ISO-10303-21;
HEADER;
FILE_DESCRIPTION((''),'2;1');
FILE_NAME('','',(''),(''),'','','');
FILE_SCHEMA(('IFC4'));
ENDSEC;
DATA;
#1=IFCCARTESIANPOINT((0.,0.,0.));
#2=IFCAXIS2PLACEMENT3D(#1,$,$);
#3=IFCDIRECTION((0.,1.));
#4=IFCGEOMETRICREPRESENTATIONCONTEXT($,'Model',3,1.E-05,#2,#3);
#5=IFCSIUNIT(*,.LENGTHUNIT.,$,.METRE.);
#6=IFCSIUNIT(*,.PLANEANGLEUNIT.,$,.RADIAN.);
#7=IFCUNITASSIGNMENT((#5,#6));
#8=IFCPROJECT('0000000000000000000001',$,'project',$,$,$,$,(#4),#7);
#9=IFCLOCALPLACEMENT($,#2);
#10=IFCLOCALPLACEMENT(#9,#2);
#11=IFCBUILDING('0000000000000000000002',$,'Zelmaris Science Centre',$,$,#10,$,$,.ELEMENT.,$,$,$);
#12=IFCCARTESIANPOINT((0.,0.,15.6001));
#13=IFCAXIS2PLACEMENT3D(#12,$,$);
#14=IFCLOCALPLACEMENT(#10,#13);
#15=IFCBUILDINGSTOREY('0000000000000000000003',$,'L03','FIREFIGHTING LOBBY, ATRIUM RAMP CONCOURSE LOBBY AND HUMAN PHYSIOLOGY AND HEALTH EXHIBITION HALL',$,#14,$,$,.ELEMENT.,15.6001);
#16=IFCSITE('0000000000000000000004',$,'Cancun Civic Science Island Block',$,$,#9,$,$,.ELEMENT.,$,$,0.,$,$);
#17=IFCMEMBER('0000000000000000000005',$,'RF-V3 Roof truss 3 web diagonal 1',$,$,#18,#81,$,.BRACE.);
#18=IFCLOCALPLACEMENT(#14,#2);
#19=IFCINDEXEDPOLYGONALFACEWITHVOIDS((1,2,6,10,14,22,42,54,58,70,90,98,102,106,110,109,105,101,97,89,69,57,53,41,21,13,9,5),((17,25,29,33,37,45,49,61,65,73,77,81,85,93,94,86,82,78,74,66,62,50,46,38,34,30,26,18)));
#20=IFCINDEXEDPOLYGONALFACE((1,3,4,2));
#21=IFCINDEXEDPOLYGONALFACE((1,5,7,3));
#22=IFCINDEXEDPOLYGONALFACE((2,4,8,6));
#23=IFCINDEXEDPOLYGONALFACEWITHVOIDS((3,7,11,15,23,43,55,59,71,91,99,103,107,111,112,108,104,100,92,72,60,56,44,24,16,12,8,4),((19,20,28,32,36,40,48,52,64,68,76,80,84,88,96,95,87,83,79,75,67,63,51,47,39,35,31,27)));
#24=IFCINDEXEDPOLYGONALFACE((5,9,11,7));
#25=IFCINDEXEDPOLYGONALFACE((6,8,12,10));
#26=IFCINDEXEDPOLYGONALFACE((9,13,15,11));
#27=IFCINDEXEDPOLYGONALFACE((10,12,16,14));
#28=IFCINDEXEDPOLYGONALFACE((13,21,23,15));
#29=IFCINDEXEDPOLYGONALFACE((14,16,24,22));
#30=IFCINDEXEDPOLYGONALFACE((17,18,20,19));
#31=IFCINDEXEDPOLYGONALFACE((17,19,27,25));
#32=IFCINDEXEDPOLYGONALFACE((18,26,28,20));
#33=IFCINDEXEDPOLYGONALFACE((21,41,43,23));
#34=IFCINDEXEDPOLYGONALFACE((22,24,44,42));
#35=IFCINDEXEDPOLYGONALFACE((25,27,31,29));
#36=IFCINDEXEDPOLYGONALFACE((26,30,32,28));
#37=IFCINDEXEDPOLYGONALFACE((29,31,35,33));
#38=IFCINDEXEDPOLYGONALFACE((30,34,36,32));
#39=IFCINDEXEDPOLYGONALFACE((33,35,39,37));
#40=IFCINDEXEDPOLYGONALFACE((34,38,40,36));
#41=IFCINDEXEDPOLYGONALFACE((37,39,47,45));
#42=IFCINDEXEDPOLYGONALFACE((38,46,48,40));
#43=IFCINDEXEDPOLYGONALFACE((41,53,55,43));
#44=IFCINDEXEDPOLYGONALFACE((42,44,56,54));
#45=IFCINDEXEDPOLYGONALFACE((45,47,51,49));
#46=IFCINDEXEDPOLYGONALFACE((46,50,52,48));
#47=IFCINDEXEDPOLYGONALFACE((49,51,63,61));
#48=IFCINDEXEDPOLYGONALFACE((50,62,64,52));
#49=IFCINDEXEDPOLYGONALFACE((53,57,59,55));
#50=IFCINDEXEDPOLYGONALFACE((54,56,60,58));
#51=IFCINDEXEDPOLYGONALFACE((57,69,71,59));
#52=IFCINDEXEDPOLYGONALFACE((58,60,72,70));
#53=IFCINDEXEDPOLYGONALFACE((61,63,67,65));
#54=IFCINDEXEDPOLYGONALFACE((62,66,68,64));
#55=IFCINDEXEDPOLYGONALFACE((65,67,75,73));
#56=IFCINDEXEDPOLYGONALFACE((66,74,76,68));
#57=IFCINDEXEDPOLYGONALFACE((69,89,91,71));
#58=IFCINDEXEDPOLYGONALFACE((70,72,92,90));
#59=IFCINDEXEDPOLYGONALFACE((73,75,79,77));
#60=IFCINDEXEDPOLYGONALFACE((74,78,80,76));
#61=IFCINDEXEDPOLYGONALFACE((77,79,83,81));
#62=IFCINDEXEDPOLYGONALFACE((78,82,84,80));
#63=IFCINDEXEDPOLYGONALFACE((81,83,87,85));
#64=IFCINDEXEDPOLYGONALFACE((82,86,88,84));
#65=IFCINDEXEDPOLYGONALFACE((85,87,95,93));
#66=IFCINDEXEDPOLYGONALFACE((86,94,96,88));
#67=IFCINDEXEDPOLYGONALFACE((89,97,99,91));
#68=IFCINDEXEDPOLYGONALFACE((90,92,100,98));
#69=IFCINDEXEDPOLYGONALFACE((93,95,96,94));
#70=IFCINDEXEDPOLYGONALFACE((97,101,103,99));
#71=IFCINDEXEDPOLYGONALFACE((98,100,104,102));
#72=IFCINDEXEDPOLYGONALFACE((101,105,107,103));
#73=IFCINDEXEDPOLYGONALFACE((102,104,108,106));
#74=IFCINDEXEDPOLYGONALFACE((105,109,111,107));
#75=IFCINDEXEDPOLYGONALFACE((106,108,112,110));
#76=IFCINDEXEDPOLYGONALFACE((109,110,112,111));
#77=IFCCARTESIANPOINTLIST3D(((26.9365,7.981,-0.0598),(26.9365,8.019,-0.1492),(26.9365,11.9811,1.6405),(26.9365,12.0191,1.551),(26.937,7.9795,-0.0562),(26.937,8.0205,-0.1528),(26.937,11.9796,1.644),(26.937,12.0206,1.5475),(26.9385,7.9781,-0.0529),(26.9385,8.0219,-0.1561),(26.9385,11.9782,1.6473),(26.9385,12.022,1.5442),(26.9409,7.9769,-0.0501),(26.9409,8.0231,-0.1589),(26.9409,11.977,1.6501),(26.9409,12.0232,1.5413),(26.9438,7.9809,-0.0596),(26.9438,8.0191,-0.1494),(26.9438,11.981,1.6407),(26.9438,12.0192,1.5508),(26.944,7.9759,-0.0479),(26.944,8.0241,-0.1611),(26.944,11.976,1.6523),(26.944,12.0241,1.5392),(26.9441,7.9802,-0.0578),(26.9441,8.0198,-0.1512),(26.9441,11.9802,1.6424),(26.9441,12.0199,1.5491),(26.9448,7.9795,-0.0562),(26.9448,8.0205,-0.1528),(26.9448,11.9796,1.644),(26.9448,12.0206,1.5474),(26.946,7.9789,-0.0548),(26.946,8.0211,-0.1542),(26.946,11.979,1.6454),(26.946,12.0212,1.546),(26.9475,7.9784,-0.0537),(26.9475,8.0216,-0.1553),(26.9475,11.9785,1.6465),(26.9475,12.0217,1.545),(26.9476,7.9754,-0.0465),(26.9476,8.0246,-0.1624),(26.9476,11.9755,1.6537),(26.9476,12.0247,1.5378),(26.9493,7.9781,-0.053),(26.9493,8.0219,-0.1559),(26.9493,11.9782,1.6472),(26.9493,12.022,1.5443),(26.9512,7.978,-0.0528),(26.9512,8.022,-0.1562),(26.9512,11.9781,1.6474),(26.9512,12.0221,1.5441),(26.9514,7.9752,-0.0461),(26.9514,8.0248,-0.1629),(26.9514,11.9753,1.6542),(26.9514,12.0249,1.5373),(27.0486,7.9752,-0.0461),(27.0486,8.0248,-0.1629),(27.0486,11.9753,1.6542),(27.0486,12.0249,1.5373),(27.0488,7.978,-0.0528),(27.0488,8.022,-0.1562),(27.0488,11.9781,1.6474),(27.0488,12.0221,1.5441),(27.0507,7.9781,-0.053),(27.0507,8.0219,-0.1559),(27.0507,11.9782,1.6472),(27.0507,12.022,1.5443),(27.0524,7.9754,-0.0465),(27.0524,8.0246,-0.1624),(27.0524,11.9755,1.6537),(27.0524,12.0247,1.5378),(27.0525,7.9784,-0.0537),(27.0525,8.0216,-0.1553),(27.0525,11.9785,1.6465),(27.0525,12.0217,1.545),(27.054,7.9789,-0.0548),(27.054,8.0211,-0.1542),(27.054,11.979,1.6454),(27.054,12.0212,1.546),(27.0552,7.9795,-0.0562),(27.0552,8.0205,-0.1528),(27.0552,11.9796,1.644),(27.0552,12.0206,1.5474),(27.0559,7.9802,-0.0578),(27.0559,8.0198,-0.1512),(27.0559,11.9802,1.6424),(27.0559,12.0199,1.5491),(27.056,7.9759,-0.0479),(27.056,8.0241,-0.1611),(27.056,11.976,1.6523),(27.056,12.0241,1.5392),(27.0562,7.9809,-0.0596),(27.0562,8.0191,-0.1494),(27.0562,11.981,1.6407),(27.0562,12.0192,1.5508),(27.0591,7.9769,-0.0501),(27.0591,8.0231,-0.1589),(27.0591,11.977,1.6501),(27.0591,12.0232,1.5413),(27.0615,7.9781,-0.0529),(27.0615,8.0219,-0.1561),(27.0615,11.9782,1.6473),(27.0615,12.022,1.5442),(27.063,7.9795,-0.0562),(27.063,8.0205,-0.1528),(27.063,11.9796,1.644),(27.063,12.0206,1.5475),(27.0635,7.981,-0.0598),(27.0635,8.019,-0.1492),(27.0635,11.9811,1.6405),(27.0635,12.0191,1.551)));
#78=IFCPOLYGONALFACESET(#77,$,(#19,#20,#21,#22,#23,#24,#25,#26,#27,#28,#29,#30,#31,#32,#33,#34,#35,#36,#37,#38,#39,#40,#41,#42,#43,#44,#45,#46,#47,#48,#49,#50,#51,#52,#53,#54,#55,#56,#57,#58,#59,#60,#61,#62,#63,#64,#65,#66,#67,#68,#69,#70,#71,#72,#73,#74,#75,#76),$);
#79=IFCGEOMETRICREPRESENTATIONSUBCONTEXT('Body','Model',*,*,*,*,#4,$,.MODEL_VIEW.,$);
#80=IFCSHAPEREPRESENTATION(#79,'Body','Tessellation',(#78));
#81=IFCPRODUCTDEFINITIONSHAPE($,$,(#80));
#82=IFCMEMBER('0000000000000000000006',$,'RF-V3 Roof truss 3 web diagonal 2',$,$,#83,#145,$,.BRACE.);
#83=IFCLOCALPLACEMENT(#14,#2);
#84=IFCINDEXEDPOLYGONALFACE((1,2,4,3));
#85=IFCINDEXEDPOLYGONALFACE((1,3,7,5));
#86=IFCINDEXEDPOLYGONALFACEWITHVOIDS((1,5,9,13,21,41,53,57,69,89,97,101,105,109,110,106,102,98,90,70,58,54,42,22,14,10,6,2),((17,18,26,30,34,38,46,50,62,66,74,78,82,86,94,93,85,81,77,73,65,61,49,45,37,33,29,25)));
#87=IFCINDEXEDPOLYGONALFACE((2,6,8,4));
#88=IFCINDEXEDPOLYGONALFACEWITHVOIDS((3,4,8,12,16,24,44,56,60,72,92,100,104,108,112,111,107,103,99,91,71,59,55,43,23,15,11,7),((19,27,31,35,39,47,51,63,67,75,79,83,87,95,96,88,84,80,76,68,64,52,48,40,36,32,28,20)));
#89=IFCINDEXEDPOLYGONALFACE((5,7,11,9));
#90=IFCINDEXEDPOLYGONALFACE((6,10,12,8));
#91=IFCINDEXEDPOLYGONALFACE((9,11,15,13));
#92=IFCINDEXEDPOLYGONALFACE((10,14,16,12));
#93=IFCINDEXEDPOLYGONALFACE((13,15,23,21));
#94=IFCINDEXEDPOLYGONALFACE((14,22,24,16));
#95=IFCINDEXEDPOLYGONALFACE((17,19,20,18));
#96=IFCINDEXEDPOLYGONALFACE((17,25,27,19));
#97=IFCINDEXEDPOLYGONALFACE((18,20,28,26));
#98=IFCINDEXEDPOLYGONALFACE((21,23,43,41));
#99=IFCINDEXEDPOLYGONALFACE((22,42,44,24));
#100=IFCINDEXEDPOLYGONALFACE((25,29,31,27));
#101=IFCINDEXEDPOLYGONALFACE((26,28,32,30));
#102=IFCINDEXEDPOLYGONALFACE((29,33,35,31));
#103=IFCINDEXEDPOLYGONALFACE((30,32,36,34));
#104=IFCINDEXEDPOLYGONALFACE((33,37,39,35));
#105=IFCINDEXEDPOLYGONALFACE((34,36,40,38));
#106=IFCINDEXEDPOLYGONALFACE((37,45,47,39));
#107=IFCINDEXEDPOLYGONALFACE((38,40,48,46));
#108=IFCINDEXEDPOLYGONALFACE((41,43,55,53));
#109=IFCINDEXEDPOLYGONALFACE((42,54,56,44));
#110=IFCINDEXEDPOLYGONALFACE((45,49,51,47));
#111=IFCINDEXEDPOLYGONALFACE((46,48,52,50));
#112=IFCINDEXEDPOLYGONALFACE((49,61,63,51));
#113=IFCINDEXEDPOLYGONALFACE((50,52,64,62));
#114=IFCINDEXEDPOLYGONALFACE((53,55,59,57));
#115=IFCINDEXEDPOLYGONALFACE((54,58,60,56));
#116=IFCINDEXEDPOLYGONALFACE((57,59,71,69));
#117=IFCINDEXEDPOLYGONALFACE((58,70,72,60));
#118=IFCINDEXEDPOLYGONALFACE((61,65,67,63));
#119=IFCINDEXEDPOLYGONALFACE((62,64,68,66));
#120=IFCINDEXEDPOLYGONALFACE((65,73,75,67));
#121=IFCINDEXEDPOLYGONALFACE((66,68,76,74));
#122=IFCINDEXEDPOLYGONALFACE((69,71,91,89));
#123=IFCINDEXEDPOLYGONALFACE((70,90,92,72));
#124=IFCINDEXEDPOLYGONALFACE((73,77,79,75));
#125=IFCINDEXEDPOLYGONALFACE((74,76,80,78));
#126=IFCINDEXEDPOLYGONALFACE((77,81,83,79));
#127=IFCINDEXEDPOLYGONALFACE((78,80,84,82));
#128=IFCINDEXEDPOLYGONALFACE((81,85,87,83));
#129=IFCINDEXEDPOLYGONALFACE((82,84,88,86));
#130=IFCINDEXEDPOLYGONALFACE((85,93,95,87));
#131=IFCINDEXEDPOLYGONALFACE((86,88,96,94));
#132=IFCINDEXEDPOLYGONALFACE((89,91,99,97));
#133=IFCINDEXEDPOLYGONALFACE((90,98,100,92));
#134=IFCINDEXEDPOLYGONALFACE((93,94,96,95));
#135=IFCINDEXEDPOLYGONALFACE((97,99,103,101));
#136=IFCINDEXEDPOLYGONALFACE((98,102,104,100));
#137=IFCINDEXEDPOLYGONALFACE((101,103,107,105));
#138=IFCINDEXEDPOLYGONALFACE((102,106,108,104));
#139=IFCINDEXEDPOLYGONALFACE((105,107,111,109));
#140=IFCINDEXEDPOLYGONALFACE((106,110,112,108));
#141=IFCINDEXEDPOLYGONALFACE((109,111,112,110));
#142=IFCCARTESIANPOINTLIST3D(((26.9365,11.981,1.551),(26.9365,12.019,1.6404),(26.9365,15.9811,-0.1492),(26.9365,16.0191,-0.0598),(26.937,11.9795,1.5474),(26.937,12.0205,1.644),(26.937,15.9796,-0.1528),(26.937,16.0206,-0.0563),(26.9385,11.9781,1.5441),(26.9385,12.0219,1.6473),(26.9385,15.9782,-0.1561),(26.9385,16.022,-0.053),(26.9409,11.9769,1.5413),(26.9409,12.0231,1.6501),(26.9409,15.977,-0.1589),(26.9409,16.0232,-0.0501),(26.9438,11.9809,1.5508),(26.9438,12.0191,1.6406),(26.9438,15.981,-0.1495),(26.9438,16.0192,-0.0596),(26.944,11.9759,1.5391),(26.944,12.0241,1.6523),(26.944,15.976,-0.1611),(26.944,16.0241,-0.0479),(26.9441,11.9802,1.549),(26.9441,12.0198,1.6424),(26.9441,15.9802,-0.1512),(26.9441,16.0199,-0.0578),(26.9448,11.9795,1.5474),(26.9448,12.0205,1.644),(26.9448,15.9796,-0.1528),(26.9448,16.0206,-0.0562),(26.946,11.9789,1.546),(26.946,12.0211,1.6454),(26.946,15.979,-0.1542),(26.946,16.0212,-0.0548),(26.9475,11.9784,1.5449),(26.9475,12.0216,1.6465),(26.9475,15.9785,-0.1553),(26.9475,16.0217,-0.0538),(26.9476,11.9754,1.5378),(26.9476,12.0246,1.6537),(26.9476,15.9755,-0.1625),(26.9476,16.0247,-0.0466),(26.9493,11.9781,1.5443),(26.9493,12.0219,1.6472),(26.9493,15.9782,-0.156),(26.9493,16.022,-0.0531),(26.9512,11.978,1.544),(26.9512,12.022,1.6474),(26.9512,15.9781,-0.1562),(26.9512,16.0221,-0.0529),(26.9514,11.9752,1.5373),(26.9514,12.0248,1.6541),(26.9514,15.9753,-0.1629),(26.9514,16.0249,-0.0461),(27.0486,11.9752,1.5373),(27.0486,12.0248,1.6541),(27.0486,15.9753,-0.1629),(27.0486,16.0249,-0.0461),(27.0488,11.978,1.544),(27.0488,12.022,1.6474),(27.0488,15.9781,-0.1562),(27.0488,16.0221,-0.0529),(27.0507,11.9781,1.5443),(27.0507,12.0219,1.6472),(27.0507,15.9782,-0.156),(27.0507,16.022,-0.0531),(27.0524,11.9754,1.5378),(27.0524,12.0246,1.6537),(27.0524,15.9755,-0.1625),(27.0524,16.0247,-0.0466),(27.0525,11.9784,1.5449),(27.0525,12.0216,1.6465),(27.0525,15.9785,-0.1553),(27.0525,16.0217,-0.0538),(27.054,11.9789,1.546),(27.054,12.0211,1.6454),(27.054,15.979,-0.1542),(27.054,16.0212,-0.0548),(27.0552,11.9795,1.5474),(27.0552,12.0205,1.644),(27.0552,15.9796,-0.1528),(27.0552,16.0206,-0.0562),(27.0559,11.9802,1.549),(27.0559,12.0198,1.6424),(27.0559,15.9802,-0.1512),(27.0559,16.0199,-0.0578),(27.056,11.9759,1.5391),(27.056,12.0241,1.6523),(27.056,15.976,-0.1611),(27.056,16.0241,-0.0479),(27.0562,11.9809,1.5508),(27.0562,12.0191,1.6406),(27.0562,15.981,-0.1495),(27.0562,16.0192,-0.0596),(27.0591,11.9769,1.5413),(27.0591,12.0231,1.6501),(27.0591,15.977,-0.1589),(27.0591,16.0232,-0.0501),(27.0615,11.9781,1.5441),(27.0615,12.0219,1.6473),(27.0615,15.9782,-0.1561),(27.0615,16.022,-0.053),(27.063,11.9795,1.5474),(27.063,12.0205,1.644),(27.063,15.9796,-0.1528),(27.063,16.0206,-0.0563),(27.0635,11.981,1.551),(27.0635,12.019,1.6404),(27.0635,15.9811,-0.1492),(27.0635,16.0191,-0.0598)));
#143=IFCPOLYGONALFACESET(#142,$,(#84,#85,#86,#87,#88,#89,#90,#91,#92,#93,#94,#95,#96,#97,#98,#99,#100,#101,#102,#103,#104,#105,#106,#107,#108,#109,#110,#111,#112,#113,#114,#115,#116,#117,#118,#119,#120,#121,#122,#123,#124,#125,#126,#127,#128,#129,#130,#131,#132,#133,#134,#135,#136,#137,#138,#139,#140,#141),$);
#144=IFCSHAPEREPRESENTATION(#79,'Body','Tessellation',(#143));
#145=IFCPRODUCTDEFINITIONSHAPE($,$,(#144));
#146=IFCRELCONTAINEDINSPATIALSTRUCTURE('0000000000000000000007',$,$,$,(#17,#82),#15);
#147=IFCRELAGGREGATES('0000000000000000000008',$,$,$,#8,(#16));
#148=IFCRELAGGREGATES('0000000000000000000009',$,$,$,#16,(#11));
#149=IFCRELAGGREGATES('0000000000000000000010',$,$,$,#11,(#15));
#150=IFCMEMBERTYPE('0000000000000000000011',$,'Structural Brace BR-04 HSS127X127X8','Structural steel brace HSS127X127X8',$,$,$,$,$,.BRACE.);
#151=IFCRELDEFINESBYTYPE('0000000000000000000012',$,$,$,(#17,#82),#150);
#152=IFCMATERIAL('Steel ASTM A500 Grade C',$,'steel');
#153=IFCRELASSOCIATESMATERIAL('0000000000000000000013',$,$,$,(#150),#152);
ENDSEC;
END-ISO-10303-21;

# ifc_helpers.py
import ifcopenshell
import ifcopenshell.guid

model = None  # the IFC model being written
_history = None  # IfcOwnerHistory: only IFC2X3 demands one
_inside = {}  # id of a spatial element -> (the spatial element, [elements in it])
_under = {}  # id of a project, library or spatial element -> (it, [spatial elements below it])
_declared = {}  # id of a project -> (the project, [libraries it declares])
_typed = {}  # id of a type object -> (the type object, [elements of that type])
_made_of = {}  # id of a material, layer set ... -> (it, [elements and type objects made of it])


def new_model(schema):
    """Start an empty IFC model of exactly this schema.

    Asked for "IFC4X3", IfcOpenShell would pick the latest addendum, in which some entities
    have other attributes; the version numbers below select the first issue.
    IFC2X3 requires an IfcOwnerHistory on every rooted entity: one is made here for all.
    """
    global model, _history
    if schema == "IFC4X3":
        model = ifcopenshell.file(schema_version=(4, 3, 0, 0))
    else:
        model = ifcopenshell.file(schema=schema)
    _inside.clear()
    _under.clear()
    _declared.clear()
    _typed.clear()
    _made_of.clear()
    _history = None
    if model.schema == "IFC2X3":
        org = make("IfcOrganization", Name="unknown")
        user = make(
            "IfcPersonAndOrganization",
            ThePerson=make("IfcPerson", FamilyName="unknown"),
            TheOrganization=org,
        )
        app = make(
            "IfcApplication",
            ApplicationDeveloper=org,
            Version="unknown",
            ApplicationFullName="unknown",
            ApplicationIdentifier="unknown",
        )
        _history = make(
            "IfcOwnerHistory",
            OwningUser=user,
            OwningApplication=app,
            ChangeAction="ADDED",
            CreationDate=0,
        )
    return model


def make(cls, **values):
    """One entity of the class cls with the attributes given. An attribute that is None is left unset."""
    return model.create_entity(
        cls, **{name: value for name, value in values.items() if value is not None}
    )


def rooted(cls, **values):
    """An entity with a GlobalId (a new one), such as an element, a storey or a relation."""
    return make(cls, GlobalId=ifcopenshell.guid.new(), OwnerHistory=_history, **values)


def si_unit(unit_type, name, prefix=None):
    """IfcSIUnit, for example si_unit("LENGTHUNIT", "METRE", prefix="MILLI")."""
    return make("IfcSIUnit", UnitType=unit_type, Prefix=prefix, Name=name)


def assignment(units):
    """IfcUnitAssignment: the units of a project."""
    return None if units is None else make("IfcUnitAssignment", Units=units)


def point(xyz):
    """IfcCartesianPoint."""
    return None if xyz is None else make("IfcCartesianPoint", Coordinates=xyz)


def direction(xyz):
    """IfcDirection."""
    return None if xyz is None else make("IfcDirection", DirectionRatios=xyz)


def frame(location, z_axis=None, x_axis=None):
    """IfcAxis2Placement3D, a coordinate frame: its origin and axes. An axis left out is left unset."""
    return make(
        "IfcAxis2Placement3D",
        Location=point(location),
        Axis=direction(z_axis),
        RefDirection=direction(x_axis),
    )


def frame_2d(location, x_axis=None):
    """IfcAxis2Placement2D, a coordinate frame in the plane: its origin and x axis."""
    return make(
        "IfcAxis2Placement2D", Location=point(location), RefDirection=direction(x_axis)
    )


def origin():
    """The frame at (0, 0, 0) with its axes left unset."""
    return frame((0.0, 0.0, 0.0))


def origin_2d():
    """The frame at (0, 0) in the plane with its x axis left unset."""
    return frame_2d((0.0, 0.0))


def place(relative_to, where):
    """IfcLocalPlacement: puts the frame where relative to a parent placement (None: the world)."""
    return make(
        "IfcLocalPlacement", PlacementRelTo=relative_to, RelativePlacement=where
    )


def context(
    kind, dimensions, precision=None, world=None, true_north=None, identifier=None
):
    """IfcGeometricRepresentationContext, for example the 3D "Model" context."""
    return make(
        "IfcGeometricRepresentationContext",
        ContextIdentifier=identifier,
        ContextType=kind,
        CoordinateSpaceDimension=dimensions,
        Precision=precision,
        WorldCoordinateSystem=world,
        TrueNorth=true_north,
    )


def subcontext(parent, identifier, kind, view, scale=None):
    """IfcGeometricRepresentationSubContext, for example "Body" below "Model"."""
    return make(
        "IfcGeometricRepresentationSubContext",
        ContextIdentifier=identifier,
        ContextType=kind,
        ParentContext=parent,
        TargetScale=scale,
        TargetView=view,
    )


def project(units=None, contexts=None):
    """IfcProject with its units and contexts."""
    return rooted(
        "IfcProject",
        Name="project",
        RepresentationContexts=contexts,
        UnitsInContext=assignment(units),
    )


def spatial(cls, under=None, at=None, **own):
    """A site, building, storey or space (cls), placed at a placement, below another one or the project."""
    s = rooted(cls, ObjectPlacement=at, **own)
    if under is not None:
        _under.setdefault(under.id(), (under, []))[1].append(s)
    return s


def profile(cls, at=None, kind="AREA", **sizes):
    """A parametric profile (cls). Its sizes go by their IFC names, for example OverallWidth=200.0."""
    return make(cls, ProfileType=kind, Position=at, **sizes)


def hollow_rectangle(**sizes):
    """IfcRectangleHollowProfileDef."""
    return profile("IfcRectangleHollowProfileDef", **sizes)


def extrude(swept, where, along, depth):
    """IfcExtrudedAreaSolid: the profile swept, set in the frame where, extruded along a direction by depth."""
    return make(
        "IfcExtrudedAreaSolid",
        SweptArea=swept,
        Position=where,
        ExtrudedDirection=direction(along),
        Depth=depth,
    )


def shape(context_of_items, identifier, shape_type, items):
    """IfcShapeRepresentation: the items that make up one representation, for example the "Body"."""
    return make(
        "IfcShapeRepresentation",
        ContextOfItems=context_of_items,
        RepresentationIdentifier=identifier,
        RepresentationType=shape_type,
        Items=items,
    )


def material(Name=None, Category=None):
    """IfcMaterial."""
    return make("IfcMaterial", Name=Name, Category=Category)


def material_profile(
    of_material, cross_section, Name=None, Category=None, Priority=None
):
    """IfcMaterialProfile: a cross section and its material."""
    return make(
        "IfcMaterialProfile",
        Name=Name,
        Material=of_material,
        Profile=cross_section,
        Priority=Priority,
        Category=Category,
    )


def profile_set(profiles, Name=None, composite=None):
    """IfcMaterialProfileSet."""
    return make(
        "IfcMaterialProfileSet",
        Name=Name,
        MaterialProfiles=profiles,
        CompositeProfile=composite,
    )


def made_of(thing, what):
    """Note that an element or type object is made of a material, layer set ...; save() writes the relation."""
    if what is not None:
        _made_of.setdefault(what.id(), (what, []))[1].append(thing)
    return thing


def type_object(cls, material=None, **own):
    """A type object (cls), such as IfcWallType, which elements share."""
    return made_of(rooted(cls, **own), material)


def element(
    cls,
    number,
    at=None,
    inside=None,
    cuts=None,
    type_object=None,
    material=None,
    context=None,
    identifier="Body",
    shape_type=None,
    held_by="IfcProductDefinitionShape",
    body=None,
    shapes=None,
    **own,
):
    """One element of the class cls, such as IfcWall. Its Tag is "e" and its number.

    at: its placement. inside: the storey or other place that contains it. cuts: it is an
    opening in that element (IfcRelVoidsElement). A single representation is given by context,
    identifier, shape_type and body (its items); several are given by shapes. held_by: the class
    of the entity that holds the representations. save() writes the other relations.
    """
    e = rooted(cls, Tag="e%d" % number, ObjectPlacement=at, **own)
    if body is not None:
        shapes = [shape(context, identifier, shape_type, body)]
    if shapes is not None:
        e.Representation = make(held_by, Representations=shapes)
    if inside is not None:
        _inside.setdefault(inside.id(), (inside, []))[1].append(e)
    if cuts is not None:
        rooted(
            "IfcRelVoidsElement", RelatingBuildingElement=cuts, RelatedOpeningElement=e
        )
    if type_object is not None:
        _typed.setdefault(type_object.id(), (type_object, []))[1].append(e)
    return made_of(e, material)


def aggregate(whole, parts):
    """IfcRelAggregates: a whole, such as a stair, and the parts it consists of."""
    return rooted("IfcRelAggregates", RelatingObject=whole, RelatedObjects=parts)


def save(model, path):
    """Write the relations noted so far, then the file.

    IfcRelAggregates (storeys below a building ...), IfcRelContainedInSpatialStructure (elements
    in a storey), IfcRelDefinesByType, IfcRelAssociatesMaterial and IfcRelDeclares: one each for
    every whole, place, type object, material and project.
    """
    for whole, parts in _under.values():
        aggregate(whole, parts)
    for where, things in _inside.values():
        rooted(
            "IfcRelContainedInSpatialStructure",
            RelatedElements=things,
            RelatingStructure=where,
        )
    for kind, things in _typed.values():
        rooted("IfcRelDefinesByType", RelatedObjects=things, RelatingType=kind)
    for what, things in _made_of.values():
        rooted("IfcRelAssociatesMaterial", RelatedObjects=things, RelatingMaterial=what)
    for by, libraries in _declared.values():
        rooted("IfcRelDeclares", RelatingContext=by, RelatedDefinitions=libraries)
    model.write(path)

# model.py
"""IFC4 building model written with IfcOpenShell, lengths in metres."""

from ifc_helpers import new_model, si_unit, direction, frame, origin, origin_2d, place, context, subcontext, project, spatial, hollow_rectangle, extrude, material, material_profile, profile_set, type_object, element, save


model = new_model("IFC4")

# Units and contexts
model_context = context("Model", 3, precision=1e-05, world=origin(), true_north=direction((0.0, 1.0)))
body_context = subcontext(model_context, "Body", "Model", "MODEL_VIEW")
ifc_project = project(units=[si_unit("LENGTHUNIT", "METRE"), si_unit("PLANEANGLEUNIT", "RADIAN")], contexts=[model_context])

# Site, building, storey
site_placement = place(None, origin())
site = spatial("IfcSite", under=ifc_project, at=site_placement, Name="Cancun Civic Science Island Block", CompositionType="ELEMENT", RefElevation=0.0)
building_placement = place(site_placement, origin())
building = spatial("IfcBuilding", under=site, at=building_placement, Name="Zelmaris Science Centre", CompositionType="ELEMENT")
storey_placement = place(building_placement, frame((0.0, 0.0, 15.6001)))
storey = spatial("IfcBuildingStorey", under=building, at=storey_placement, Name="L03", Description="FIREFIGHTING LOBBY, ATRIUM RAMP CONCOURSE LOBBY AND HUMAN PHYSIOLOGY AND HEALTH EXHIBITION HALL", CompositionType="ELEMENT", Elevation=15.6001)

# Shared definitions
ifc_material = material(Name="Steel ASTM A500 Grade C", Category="steel")

# Members
ifc_material_profile_1 = material_profile(ifc_material, hollow_rectangle(XDim=0.127, YDim=0.127, WallThickness=0.0073, InnerFilletRadius=0.0073, OuterFilletRadius=0.0149, at=origin_2d()), Name="HSS127X127X8")
ifc_profile_set_1 = profile_set([ifc_material_profile_1], Name="Steel ASTM A500 Grade C")
member_type_1 = type_object("IfcMemberType", Name="Structural Brace BR-04 HSS127X127X8", Description="Structural steel brace HSS127X127X8", PredefinedType="BRACE", material=ifc_profile_set_1)
for number, where, z_axis, x_axis, name in (
    (1, (27.0, 8.0, -0.1045), (0.0, 0.920315, 0.391179), (-1.0, 0.0, 0.0), "RF-V3 Roof truss 3 web diagonal 1"),
    (2, (27.0, 12.0, 1.5957), (0.0, 0.920315, -0.391179), (-1.0, 0.0, 0.0), "RF-V3 Roof truss 3 web diagonal 2"),
):
    element("IfcMember", number, at=place(storey_placement, frame(where, z_axis=z_axis, x_axis=x_axis)), inside=storey, type_object=member_type_1, Name=name, PredefinedType="BRACE", context=body_context, shape_type="SweptSolid", body=[
        extrude(hollow_rectangle(XDim=0.127, YDim=0.127, WallThickness=0.0073, InnerFilletRadius=0.0073, OuterFilletRadius=0.0149, at=origin_2d()), origin(), (0.0, 0.0, 1.0), 4.3464),
    ])

save(model, "model.ifc")
